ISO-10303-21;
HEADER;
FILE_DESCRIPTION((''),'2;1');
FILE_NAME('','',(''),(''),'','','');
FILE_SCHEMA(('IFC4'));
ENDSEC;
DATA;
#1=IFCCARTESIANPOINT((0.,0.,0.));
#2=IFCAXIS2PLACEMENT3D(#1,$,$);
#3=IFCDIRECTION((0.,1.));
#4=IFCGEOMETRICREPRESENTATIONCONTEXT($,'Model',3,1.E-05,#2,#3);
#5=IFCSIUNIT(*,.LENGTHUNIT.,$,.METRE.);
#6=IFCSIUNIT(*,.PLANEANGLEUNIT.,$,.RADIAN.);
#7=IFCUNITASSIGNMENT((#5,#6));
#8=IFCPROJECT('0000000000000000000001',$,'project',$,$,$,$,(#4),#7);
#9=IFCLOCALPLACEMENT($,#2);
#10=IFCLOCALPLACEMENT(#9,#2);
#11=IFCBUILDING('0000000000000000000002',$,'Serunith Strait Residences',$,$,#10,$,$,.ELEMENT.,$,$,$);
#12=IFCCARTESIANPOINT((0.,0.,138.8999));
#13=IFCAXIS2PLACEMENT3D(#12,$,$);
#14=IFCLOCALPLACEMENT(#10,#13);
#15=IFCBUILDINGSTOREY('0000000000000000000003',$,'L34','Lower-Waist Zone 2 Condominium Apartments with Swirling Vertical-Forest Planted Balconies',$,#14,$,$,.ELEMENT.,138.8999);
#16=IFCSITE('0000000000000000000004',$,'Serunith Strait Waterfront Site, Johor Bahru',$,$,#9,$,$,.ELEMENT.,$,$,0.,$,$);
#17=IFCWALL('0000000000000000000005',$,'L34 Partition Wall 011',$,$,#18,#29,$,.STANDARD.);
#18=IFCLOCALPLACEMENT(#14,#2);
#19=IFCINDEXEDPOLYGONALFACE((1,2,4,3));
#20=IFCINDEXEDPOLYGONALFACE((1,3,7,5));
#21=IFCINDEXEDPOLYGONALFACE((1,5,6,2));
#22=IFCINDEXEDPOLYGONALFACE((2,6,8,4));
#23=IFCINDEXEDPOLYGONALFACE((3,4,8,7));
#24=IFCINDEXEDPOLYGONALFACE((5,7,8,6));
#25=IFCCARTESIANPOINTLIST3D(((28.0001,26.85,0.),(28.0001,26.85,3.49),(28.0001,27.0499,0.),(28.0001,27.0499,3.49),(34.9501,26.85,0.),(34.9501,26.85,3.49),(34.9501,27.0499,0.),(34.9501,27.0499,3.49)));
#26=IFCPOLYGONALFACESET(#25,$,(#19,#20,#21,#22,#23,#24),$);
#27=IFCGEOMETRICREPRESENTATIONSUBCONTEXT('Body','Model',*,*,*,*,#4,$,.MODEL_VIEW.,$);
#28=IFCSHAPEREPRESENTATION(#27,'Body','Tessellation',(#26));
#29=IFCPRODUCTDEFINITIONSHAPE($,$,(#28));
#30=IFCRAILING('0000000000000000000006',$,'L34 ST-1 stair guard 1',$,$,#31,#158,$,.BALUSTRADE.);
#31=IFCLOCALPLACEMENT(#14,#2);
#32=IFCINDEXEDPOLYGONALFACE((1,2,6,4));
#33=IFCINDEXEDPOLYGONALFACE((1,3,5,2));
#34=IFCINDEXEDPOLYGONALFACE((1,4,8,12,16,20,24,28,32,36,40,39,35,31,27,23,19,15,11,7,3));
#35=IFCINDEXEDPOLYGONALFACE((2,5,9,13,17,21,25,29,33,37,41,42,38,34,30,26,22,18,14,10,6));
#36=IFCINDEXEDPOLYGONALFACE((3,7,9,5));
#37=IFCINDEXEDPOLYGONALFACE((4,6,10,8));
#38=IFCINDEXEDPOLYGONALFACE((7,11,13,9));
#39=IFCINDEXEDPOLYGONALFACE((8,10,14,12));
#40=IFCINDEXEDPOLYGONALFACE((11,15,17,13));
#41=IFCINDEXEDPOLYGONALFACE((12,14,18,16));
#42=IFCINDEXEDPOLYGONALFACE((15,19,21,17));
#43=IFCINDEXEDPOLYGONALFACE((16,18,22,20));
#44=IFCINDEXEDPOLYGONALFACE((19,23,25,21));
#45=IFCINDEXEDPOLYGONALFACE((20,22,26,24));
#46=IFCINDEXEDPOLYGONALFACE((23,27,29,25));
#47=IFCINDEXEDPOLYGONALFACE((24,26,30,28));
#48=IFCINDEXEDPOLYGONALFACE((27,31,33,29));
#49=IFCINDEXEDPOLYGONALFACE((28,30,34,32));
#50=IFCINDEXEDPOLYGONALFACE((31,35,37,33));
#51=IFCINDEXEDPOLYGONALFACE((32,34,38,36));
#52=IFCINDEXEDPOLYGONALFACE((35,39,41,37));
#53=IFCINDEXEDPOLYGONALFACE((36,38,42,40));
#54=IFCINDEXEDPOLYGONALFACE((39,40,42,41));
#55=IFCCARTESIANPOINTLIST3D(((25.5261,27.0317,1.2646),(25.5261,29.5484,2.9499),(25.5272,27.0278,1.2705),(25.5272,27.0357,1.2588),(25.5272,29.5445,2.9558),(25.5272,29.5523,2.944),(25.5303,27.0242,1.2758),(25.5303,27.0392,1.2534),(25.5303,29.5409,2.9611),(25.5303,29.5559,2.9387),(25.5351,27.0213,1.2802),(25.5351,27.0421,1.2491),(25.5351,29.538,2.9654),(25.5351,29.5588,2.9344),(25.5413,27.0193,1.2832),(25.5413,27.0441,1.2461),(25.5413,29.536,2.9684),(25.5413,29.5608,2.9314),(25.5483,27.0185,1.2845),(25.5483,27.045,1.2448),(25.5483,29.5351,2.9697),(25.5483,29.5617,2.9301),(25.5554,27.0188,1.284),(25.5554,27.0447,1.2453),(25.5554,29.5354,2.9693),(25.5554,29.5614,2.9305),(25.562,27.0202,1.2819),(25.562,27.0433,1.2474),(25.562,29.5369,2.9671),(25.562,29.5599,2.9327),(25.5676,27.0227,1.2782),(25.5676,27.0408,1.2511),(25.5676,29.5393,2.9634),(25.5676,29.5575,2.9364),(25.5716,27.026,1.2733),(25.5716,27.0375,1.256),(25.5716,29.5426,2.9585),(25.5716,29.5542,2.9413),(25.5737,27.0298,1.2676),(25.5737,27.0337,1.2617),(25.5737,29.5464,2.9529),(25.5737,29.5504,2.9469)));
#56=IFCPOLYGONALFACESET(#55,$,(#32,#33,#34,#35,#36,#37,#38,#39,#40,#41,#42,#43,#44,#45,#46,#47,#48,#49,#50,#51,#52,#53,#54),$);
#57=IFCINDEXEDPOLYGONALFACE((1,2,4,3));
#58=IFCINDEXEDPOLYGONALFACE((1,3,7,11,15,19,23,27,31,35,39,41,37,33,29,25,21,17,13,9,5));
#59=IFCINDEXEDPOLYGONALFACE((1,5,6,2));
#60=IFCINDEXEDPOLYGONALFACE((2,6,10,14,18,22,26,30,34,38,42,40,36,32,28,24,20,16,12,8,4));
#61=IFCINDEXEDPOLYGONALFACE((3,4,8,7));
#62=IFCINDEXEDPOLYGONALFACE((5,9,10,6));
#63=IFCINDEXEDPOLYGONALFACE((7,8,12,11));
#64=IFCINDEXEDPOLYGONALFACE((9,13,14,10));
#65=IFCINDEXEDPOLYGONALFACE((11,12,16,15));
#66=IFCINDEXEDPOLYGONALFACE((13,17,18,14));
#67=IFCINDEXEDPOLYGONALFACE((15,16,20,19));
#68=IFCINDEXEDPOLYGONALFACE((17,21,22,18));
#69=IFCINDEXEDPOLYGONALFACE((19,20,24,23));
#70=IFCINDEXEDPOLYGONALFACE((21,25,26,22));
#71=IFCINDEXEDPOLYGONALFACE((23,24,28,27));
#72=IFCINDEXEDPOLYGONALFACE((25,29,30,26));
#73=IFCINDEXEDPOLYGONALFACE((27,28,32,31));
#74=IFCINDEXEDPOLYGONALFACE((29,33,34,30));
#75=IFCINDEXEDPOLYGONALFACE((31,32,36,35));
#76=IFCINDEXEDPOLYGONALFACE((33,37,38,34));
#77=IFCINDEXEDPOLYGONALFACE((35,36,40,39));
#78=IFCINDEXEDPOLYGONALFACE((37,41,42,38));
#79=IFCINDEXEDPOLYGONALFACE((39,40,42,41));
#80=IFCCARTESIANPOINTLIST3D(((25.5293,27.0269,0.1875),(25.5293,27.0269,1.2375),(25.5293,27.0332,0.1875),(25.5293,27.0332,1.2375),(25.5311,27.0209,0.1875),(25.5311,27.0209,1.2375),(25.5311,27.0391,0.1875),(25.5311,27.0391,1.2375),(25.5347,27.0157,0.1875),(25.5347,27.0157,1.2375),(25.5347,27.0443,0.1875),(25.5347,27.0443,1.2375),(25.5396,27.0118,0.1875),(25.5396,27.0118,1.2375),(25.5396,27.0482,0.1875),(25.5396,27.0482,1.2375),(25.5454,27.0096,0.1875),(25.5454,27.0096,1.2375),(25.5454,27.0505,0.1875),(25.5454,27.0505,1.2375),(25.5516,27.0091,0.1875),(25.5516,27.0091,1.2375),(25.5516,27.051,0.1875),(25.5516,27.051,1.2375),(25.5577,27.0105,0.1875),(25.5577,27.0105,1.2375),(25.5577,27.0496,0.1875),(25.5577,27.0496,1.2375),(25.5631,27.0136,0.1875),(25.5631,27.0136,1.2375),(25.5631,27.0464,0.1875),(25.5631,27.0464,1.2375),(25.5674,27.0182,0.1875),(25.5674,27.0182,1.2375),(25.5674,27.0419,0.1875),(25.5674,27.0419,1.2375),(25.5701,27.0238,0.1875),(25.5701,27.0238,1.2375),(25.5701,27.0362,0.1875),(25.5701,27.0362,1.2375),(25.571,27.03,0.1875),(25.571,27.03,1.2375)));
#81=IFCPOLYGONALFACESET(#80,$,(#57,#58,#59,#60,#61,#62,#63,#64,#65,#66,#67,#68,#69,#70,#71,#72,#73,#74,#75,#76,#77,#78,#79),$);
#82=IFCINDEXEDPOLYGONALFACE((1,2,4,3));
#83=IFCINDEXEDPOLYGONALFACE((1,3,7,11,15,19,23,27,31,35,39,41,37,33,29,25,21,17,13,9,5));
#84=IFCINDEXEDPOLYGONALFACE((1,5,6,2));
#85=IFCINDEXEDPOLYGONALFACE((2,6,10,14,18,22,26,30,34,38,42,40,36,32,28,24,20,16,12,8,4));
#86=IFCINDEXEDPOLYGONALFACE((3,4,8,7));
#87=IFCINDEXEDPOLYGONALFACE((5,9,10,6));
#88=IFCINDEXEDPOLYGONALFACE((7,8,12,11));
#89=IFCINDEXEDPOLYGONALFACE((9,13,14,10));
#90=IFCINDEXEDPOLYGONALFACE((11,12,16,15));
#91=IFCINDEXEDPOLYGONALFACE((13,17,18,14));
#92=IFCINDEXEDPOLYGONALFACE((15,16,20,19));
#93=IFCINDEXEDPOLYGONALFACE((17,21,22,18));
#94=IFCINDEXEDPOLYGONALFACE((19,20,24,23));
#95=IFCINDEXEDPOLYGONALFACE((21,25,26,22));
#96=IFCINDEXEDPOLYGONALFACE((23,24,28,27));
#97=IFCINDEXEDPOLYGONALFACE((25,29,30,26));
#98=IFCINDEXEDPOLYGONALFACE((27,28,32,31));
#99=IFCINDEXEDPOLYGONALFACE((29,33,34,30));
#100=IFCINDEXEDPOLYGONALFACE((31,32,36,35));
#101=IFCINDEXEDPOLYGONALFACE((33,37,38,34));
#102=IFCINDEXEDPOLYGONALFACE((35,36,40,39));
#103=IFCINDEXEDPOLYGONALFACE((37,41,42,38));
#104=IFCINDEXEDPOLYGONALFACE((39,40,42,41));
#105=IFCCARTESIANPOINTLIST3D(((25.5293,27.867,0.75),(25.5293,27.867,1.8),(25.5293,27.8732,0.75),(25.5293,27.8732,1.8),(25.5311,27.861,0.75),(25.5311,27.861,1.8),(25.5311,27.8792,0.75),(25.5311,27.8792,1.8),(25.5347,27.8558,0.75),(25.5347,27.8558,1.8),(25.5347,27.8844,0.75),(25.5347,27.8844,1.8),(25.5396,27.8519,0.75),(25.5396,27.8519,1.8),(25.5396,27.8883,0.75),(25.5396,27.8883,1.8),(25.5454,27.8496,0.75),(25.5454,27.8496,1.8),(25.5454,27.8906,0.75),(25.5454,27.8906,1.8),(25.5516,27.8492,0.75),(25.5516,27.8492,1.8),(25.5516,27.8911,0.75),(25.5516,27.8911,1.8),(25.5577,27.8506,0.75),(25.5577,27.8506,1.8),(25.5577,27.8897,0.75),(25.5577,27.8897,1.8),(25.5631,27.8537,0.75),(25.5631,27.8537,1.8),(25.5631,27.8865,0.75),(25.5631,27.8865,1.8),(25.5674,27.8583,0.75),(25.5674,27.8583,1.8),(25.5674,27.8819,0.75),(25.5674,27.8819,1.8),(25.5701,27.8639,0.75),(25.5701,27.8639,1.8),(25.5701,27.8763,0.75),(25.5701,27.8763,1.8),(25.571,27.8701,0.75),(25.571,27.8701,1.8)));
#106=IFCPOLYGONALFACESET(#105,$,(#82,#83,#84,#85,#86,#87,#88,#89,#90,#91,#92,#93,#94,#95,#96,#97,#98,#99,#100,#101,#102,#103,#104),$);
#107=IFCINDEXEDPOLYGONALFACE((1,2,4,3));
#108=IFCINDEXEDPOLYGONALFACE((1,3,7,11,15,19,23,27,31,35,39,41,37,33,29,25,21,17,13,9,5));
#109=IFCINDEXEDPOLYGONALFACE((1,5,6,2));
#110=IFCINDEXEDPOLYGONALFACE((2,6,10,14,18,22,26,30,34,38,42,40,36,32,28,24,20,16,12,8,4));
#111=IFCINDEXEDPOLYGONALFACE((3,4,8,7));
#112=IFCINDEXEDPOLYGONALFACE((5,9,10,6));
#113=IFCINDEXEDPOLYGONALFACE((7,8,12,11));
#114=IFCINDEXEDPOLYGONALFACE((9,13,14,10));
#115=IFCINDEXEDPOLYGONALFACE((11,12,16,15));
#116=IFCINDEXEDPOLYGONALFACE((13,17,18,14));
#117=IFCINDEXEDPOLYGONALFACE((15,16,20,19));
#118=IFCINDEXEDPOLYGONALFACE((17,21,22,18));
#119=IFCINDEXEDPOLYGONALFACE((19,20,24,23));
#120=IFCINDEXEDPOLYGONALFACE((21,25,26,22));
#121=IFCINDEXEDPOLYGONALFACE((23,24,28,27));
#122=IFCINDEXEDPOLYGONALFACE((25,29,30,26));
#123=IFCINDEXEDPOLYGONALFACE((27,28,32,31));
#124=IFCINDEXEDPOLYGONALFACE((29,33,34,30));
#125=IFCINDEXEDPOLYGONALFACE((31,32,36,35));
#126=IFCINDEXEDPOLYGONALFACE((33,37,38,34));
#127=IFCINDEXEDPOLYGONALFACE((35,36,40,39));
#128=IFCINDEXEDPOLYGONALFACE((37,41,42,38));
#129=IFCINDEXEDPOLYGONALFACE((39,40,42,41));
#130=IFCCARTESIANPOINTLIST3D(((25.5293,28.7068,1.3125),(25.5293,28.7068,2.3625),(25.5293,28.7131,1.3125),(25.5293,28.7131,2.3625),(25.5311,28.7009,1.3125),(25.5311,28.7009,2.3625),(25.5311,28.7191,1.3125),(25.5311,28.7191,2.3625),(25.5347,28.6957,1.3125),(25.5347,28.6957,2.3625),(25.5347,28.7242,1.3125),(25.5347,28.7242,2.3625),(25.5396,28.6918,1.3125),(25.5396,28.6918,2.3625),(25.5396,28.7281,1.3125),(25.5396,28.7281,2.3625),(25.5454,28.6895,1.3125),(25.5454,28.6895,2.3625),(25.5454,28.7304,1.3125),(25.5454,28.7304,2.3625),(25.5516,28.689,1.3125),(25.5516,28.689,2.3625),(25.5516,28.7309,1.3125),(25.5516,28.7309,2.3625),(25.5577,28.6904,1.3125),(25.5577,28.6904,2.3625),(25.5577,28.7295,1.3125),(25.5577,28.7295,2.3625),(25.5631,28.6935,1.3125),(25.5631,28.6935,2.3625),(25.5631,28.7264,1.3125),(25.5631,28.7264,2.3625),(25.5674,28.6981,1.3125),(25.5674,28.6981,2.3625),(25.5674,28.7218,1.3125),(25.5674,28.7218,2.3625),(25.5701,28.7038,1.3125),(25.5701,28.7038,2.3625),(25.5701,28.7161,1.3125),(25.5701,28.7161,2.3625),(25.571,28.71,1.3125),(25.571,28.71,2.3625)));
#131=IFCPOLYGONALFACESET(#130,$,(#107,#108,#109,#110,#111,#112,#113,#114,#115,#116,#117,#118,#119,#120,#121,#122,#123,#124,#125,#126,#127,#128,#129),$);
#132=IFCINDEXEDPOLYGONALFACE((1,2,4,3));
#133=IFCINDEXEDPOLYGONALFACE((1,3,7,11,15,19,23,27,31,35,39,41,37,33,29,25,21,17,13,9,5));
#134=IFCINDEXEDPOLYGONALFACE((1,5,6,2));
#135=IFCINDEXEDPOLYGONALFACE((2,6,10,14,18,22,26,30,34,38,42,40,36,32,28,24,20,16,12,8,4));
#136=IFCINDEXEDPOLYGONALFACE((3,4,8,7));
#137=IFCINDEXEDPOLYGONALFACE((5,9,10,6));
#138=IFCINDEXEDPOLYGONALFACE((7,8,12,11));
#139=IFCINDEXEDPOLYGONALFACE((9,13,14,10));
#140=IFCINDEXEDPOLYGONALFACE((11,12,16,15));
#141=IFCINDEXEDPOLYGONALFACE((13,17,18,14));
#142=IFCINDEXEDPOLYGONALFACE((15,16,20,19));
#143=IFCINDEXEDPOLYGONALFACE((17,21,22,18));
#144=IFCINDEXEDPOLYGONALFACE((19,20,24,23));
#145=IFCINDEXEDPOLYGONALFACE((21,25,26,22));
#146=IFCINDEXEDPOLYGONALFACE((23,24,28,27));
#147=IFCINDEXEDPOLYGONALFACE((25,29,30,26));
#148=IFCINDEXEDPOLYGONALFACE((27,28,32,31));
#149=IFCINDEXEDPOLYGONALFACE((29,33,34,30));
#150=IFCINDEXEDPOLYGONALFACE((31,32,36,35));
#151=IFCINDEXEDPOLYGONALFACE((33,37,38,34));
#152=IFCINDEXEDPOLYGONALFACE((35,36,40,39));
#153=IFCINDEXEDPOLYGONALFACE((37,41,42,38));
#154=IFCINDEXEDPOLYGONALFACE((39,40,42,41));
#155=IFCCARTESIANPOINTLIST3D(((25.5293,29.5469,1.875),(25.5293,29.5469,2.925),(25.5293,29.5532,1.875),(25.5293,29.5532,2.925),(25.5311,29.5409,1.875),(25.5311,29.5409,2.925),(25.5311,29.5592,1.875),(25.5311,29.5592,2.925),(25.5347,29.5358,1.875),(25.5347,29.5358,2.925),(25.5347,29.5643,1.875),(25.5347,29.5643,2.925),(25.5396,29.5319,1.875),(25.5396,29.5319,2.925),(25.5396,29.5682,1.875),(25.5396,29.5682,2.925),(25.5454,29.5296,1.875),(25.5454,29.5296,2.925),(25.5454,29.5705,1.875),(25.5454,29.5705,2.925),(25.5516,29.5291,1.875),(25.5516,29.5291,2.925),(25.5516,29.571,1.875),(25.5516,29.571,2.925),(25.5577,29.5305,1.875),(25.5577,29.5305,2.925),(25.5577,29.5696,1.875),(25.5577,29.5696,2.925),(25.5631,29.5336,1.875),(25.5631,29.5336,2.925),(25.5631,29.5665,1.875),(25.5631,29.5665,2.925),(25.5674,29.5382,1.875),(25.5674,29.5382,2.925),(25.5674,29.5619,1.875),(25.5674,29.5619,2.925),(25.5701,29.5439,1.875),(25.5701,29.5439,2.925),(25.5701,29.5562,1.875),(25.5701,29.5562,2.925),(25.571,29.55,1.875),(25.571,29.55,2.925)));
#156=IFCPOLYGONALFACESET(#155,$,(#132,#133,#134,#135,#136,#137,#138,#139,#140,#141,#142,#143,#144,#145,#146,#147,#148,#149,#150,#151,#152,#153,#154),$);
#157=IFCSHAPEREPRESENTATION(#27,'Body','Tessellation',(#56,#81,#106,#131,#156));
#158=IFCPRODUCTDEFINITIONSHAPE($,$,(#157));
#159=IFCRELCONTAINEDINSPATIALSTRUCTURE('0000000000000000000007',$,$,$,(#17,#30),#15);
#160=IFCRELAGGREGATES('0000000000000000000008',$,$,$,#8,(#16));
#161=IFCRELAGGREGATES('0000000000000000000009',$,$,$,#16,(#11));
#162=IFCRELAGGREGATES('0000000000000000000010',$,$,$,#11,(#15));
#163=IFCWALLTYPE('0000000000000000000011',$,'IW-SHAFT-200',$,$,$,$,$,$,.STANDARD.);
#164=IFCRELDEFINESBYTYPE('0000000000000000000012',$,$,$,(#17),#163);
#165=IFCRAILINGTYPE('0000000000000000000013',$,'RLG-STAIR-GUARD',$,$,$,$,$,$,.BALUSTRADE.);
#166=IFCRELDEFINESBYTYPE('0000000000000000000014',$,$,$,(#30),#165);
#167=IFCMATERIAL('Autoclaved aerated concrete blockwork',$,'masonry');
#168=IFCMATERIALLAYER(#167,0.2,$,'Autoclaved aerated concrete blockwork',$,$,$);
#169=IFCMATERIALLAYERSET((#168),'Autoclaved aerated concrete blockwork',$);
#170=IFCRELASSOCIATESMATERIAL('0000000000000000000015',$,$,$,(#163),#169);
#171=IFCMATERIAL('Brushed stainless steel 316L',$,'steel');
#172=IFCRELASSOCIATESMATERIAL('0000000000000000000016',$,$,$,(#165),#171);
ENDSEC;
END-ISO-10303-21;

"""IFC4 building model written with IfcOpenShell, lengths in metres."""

from ifc_helpers import new_model, si_unit, direction, frame, frame_2d, origin, origin_2d, place, context, subcontext, project, spatial, rectangle, circle, extrude, material, layer, layer_set, type_object, element, save


model = new_model("IFC4")

# Units and contexts
model_context = context("Model", 3, precision=1e-05, world=origin(), true_north=direction((0.0, 1.0)))
body_context = subcontext(model_context, "Body", "Model", "MODEL_VIEW")
ifc_project = project(units=[si_unit("LENGTHUNIT", "METRE"), si_unit("PLANEANGLEUNIT", "RADIAN")], contexts=[model_context])

# Site, building, storey
site_placement = place(None, origin())
site = spatial("IfcSite", under=ifc_project, at=site_placement, Name="Serunith Strait Waterfront Site, Johor Bahru", CompositionType="ELEMENT", RefElevation=0.0)
building_placement = place(site_placement, origin())
building = spatial("IfcBuilding", under=site, at=building_placement, Name="Serunith Strait Residences", CompositionType="ELEMENT")
storey_placement = place(building_placement, frame((0.0, 0.0, 138.8999)))
storey = spatial("IfcBuildingStorey", under=building, at=storey_placement, Name="L34", Description="Lower-Waist Zone 2 Condominium Apartments with Swirling Vertical-Forest Planted Balconies", CompositionType="ELEMENT", Elevation=138.8999)

# Wall
ifc_material_1 = material(Name="Autoclaved aerated concrete blockwork", Category="masonry")
ifc_layer_1 = layer(ifc_material_1, 0.2, Name="Autoclaved aerated concrete blockwork")
ifc_layer_set_1 = layer_set([ifc_layer_1], Name="Autoclaved aerated concrete blockwork")
wall_type_1 = type_object("IfcWallType", Name="IW-SHAFT-200", PredefinedType="STANDARD", material=ifc_layer_set_1)
wall_1_placement = place(storey_placement, frame((28.0, 26.95, 0.0), z_axis=(0.0, 0.0, 1.0), x_axis=(1.0, 0.0, 0.0)))
element("IfcWall", 1, at=wall_1_placement, inside=storey, type_object=wall_type_1, Name="L34 Partition Wall 011", PredefinedType="STANDARD", context=body_context, shape_type="SweptSolid", body=[
    extrude(rectangle(XDim=6.95, YDim=0.2, at=frame_2d((3.4751, 0.0))), origin(), (0.0, 0.0, 1.0), 3.49),
])

# Railing
ifc_material_2 = material(Name="Brushed stainless steel 316L", Category="steel")
railing_type_1 = type_object("IfcRailingType", Name="RLG-STAIR-GUARD", PredefinedType="BALUSTRADE", material=ifc_material_2)
railing_1_placement = place(storey_placement, frame((25.55, 27.03, 0.1875)))
element("IfcRailing", 2, at=railing_1_placement, inside=storey, type_object=railing_type_1, Name="L34 ST-1 stair guard 1", PredefinedType="BALUSTRADE", context=body_context, shape_type="SweptSolid", body=[
    extrude(circle(Radius=0.0239, at=origin_2d()), frame((0.0, 0.0017, 1.0771), z_axis=(0.0, 0.830909, 0.556408), x_axis=(-1.0, 0.0, 0.0)), (0.0, 0.0, 1.0), 3.0288),
    extrude(circle(Radius=0.021, at=origin_2d()), origin(), (0.0, 0.0, 1.0), 1.05),
    extrude(circle(Radius=0.021, at=origin_2d()), frame((0.0, 0.8401, 0.5625)), (0.0, 0.0, 1.0), 1.05),
    extrude(circle(Radius=0.021, at=origin_2d()), frame((0.0, 1.6799, 1.125)), (0.0, 0.0, 1.0), 1.05),
    extrude(circle(Radius=0.021, at=origin_2d()), frame((0.0, 2.52, 1.6875)), (0.0, 0.0, 1.0), 1.05),
])

save(model, "model.ifc")
